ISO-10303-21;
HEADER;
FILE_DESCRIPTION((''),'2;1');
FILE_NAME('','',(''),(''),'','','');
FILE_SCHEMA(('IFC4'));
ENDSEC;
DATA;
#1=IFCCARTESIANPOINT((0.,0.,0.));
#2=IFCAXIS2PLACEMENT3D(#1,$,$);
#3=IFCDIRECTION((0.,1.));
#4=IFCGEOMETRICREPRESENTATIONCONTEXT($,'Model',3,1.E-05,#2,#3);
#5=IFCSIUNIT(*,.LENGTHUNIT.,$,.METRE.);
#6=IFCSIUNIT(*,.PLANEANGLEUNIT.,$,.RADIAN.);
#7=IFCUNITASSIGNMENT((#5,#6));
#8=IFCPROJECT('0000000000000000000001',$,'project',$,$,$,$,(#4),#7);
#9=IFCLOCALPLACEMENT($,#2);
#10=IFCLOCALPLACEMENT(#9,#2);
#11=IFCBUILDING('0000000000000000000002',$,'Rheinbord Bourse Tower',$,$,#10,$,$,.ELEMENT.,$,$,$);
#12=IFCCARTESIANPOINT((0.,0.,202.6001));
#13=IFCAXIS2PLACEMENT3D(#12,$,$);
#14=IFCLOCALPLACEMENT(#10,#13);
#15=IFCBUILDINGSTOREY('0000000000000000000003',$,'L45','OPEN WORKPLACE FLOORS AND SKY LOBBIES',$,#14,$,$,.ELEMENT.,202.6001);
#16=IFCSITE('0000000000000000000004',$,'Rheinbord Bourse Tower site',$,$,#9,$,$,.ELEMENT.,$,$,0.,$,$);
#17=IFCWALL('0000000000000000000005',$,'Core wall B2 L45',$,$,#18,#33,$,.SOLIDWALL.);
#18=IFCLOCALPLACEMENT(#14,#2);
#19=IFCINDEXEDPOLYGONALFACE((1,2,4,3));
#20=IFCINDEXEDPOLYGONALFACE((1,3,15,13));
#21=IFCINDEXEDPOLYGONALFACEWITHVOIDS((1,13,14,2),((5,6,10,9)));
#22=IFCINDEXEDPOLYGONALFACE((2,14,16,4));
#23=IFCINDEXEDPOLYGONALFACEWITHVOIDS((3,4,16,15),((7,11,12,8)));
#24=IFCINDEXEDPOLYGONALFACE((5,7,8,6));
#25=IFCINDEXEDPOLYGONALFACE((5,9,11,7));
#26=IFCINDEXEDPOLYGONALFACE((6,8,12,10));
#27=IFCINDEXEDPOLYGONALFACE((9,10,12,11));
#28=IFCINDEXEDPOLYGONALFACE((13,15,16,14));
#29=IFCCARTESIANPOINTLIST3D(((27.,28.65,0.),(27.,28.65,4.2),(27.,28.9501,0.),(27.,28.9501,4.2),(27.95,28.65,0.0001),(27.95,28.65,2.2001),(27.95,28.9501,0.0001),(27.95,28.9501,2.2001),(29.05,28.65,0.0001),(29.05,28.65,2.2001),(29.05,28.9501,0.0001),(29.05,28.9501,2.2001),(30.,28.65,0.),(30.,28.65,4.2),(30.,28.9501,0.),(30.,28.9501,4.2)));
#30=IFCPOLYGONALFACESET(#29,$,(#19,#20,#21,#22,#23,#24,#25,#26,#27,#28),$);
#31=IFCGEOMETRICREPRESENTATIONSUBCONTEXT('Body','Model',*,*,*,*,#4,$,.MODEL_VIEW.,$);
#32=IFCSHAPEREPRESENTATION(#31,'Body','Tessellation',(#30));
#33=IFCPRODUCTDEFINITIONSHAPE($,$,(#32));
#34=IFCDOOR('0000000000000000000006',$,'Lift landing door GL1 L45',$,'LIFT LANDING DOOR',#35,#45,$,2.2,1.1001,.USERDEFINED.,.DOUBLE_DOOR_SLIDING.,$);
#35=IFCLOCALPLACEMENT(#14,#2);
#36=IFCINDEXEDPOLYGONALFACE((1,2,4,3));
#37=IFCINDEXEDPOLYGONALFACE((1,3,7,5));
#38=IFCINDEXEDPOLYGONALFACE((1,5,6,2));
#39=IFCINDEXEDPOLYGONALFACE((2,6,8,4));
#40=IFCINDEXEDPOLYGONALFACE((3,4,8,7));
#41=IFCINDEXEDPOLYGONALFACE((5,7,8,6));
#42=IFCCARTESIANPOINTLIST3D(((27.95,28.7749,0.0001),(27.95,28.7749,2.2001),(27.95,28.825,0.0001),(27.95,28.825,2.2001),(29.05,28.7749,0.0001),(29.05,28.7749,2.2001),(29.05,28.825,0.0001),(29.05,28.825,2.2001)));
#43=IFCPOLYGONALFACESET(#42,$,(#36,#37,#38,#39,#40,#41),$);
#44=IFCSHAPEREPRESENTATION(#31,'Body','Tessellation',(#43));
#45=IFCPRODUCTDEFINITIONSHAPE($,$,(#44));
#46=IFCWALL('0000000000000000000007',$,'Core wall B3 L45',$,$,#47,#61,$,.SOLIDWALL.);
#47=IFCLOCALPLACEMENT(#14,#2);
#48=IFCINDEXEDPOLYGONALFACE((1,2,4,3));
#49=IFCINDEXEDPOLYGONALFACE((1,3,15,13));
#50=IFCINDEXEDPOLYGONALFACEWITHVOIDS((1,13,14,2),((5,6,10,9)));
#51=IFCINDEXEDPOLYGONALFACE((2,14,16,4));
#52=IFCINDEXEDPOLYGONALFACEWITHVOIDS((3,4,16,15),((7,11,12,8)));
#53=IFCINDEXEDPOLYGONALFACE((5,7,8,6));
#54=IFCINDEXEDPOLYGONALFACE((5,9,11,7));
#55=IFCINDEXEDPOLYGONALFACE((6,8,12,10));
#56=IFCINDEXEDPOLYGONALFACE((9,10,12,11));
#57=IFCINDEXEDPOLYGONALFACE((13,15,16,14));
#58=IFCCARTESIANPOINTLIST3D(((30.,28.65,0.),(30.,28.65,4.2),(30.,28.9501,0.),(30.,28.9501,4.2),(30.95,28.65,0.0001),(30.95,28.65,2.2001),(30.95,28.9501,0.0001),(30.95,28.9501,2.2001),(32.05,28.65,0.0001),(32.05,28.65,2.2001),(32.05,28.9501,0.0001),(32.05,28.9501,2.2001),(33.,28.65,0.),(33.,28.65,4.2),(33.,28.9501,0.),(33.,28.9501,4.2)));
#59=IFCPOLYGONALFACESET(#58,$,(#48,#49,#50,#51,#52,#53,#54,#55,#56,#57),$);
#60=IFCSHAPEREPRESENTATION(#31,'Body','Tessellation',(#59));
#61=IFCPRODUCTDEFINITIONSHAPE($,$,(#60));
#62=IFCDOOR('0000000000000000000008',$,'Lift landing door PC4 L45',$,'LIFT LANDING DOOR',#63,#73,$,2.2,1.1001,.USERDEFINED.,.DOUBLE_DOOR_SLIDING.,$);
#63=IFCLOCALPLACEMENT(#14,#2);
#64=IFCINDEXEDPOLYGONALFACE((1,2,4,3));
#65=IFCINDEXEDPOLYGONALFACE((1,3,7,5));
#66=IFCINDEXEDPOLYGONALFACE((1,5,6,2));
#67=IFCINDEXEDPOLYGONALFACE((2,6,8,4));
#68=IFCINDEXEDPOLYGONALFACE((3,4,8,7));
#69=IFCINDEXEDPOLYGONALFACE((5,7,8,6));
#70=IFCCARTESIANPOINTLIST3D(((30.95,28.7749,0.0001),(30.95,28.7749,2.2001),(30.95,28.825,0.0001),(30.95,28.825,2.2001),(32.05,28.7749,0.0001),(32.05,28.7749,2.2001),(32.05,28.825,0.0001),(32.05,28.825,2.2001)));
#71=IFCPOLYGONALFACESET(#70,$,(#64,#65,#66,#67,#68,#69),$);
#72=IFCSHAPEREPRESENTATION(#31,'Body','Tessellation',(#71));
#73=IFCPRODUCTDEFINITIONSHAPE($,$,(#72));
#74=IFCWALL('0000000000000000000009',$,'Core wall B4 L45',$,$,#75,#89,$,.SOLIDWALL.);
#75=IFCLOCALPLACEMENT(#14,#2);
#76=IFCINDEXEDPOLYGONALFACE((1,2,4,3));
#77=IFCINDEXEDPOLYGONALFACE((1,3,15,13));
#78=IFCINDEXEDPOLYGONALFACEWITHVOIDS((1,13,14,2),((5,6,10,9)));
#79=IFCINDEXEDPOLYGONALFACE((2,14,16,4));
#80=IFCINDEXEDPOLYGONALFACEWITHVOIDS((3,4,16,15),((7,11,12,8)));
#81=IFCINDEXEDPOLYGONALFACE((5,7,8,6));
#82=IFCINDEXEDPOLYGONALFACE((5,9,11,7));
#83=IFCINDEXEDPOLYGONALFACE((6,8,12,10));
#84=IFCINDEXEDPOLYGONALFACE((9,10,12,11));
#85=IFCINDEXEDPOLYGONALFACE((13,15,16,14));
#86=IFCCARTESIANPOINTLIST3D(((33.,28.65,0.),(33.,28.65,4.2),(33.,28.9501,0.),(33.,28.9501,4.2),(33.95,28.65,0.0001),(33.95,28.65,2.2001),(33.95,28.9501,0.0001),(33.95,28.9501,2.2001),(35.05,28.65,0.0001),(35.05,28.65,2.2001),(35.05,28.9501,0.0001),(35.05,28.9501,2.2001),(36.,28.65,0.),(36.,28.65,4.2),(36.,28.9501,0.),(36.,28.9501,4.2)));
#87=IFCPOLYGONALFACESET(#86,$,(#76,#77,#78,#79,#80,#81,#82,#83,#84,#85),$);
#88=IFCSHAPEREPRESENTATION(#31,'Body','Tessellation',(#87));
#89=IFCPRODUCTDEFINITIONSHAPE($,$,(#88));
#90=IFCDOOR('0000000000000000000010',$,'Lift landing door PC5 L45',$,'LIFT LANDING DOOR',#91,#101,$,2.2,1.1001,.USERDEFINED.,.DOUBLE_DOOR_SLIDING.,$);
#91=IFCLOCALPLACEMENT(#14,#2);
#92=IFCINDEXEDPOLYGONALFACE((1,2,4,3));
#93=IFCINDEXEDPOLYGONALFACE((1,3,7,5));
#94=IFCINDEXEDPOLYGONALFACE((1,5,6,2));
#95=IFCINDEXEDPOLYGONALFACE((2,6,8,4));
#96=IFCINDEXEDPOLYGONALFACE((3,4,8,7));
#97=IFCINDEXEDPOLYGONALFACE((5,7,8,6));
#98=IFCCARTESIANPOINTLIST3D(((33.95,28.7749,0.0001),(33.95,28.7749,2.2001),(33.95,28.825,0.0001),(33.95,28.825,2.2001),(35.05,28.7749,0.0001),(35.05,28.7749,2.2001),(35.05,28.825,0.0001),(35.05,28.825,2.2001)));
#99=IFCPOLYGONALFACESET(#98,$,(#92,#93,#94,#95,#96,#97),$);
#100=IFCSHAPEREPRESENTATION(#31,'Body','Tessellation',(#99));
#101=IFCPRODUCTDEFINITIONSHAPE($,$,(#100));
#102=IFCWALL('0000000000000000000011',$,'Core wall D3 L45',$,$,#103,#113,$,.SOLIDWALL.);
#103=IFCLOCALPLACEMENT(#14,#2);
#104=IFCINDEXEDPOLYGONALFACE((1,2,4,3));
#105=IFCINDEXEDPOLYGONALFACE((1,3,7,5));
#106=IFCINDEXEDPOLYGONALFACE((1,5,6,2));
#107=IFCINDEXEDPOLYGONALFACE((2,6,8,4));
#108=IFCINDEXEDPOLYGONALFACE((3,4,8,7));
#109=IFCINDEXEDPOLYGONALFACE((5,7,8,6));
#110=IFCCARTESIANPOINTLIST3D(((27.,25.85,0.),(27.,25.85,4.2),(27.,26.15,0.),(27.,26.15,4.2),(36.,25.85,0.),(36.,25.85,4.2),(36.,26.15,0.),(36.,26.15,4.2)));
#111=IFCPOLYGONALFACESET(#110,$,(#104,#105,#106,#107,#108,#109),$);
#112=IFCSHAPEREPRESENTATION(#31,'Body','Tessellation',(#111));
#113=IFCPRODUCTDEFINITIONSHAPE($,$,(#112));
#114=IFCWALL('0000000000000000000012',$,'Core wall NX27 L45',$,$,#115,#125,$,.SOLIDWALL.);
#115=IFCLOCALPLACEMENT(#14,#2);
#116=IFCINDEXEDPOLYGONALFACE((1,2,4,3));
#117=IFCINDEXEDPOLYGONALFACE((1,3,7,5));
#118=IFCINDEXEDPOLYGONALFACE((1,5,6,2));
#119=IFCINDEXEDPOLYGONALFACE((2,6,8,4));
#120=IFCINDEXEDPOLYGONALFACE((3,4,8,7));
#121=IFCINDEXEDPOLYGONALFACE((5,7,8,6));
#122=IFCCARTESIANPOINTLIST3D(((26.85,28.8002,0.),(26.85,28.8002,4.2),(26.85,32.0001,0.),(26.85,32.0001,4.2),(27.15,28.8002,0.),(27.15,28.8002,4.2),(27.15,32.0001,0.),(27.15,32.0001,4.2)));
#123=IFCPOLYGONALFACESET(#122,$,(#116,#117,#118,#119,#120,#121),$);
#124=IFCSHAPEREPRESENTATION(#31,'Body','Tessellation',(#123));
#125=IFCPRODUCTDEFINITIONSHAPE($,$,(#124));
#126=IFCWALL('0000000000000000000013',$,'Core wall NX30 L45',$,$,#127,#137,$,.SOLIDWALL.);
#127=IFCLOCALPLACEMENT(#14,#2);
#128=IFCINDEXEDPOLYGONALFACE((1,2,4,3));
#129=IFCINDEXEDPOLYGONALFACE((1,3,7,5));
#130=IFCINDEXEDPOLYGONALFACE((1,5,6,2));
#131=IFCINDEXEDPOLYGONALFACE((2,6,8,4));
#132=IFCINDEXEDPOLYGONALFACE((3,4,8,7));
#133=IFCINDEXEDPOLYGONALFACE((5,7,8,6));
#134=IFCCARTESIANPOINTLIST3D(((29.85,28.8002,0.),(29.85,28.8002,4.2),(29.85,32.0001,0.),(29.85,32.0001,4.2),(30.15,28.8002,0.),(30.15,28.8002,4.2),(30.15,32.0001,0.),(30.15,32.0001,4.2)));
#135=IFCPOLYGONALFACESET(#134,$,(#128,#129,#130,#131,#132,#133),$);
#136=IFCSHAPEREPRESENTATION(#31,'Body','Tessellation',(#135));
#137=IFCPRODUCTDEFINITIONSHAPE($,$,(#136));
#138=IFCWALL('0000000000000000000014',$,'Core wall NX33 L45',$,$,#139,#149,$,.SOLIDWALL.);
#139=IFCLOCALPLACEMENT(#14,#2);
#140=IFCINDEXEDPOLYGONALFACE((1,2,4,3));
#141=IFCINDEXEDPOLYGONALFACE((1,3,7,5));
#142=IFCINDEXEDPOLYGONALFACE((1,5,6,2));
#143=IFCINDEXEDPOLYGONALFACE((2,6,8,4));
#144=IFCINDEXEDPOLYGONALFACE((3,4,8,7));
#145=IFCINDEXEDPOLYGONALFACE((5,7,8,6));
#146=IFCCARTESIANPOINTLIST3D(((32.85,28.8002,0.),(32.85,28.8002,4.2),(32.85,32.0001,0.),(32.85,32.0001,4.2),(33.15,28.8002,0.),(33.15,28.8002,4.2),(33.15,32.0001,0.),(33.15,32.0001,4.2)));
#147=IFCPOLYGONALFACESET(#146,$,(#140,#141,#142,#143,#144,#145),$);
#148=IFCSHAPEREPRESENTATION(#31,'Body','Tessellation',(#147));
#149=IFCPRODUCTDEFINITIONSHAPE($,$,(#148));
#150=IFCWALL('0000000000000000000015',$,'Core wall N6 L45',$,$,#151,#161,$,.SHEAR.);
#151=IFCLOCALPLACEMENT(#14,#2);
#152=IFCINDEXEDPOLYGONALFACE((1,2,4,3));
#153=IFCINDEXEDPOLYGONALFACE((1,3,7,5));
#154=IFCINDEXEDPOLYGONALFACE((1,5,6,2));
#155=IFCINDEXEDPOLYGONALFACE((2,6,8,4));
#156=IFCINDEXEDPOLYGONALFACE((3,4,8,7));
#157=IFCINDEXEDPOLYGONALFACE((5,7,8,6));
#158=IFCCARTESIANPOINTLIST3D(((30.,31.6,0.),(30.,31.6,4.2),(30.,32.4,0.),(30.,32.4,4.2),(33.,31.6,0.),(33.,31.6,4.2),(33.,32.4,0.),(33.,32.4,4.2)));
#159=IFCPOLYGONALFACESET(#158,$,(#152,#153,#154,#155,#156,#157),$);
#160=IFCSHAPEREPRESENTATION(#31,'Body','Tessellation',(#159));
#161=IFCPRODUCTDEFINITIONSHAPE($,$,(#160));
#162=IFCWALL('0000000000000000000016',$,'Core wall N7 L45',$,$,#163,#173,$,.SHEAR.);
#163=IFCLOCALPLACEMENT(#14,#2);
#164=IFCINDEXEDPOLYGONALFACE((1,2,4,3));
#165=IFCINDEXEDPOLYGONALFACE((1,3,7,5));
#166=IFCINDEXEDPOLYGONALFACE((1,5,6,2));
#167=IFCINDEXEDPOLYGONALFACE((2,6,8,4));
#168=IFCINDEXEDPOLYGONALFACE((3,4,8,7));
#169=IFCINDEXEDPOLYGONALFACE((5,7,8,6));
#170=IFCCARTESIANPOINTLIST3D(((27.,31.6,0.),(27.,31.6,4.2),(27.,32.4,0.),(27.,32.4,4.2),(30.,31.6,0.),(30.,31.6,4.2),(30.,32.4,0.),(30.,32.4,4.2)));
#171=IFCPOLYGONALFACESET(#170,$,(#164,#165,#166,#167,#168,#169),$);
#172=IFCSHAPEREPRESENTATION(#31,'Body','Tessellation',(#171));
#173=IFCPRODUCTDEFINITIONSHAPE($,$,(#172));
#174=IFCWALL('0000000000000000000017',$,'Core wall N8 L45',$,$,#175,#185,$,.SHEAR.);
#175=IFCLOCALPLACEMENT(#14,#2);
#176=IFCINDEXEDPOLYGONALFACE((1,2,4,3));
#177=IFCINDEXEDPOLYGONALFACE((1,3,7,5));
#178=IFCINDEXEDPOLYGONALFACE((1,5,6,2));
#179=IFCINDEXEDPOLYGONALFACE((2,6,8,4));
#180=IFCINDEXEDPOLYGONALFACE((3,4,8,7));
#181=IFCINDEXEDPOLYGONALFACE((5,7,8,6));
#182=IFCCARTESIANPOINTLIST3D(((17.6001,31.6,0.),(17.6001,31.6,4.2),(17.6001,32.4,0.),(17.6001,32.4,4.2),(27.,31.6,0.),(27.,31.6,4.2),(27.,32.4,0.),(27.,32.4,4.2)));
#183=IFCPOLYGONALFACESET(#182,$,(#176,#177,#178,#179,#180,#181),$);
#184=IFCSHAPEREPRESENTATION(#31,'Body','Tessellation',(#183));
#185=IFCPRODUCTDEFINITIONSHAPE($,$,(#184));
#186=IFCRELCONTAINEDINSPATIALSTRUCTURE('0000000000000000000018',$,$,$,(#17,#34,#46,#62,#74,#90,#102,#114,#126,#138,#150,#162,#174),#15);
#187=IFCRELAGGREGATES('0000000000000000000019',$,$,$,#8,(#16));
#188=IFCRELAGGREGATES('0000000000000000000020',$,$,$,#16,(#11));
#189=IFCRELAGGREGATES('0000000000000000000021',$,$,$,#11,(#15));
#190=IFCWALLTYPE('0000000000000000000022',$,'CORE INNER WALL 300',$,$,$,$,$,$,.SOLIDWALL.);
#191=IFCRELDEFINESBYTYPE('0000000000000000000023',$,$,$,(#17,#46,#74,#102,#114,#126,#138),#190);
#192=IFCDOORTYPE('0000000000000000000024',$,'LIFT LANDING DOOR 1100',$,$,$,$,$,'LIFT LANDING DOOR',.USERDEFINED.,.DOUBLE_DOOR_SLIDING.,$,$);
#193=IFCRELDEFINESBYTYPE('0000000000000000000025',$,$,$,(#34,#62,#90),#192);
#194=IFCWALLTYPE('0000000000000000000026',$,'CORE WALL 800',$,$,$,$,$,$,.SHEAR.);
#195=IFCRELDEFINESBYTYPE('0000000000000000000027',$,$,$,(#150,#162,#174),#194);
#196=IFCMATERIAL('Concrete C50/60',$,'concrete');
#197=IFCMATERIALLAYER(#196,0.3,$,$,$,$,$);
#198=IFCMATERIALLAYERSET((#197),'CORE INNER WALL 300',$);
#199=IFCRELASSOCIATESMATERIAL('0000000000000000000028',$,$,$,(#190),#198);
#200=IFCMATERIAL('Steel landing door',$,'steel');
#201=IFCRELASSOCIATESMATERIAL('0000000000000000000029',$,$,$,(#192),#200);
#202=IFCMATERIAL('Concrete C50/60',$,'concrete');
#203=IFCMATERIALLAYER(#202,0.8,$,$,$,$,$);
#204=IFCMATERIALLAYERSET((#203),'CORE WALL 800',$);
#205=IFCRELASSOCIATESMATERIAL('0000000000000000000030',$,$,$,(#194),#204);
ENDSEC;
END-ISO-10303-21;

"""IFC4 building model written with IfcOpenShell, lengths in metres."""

from ifc_helpers import new_model, si_unit, direction, frame, frame_2d, origin, place, context, subcontext, project, spatial, rectangle, extrude, material, layer, layer_set, type_object, element, fill, save


model = new_model("IFC4")

# Units and contexts
model_context = context("Model", 3, precision=1e-05, world=origin(), true_north=direction((0.0, 1.0)))
body_context = subcontext(model_context, "Body", "Model", "MODEL_VIEW")
ifc_project = project(units=[si_unit("LENGTHUNIT", "METRE"), si_unit("PLANEANGLEUNIT", "RADIAN")], contexts=[model_context])

# Site, building, storey
site_placement = place(None, origin())
site = spatial("IfcSite", under=ifc_project, at=site_placement, Name="Rheinbord Bourse Tower site", CompositionType="ELEMENT", RefElevation=0.0)
building_placement = place(site_placement, origin())
building = spatial("IfcBuilding", under=site, at=building_placement, Name="Rheinbord Bourse Tower", CompositionType="ELEMENT")
storey_placement = place(building_placement, frame((0.0, 0.0, 202.6001)))
storey = spatial("IfcBuildingStorey", under=building, at=storey_placement, Name="L45", Description="OPEN WORKPLACE FLOORS AND SKY LOBBIES", CompositionType="ELEMENT", Elevation=202.6001)

# Walls, openings, doors
ifc_material_1 = material(Name="Concrete C50/60", Category="concrete")
ifc_layer_1 = layer(ifc_material_1, 0.3)
ifc_layer_set_1 = layer_set([ifc_layer_1], Name="CORE INNER WALL 300")
wall_type_1 = type_object("IfcWallType", Name="CORE INNER WALL 300", PredefinedType="SOLIDWALL", material=ifc_layer_set_1)
wall_1_placement = place(storey_placement, frame((27.0, 28.8, 0.0), z_axis=(0.0, 0.0, 1.0), x_axis=(1.0, 0.0, 0.0)))
wall_1 = element("IfcWall", 1, at=wall_1_placement, inside=storey, type_object=wall_type_1, Name="Core wall B2 L45", PredefinedType="SOLIDWALL", context=body_context, shape_type="SweptSolid", body=[
    extrude(rectangle(XDim=3.0, YDim=0.3, at=frame_2d((1.5, 0.0))), origin(), (0.0, 0.0, 1.0), 4.2),
])
opening_1_placement = place(wall_1_placement, frame((0.95, 0.0, 0.0)))
opening_1 = element("IfcOpeningElement", 2, at=opening_1_placement, cuts=wall_1, PredefinedType="OPENING", context=body_context, shape_type="SweptSolid", body=[
    extrude(rectangle(XDim=1.1001, YDim=2.2, at=frame_2d((0.55, 1.1001))), frame((0.0, 0.1599, 0.0), z_axis=(0.0, -1.0, 0.0), x_axis=(1.0, 0.0, 0.0)), (0.0, 0.0, 1.0), 0.3201),
])
ifc_material_2 = material(Name="Steel landing door", Category="steel")
door_type = type_object("IfcDoorType", Name="LIFT LANDING DOOR 1100", ElementType="LIFT LANDING DOOR", OperationType="DOUBLE_DOOR_SLIDING", PredefinedType="USERDEFINED", material=ifc_material_2)
door_1_placement = place(opening_1_placement, origin())
door_1 = element("IfcDoor", 3, at=door_1_placement, inside=storey, type_object=door_type, Name="Lift landing door GL1 L45", ObjectType="LIFT LANDING DOOR", OperationType="DOUBLE_DOOR_SLIDING", OverallHeight=2.2, OverallWidth=1.1001, PredefinedType="USERDEFINED", context=body_context, shape_type="SweptSolid", body=[
    extrude(rectangle(XDim=1.1001, YDim=2.2, at=frame_2d((0.55, 1.1001))), frame((0.0, 0.0249, 0.0), z_axis=(0.0, -1.0, 0.0), x_axis=(1.0, 0.0, 0.0)), (0.0, 0.0, 1.0), 0.05),
])
fill(opening_1, door_1)
wall_2_placement = place(storey_placement, frame((30.0, 28.8, 0.0), z_axis=(0.0, 0.0, 1.0), x_axis=(1.0, 0.0, 0.0)))
wall_2 = element("IfcWall", 4, at=wall_2_placement, inside=storey, type_object=wall_type_1, Name="Core wall B3 L45", PredefinedType="SOLIDWALL", context=body_context, shape_type="SweptSolid", body=[
    extrude(rectangle(XDim=3.0, YDim=0.3, at=frame_2d((1.5, 0.0))), origin(), (0.0, 0.0, 1.0), 4.2),
])
opening_2_placement = place(wall_2_placement, frame((0.95, 0.0, 0.0)))
opening_2 = element("IfcOpeningElement", 5, at=opening_2_placement, cuts=wall_2, PredefinedType="OPENING", context=body_context, shape_type="SweptSolid", body=[
    extrude(rectangle(XDim=1.1001, YDim=2.2, at=frame_2d((0.55, 1.1001))), frame((0.0, 0.1599, 0.0), z_axis=(0.0, -1.0, 0.0), x_axis=(1.0, 0.0, 0.0)), (0.0, 0.0, 1.0), 0.3201),
])
door_2_placement = place(opening_2_placement, origin())
door_2 = element("IfcDoor", 6, at=door_2_placement, inside=storey, type_object=door_type, Name="Lift landing door PC4 L45", ObjectType="LIFT LANDING DOOR", OperationType="DOUBLE_DOOR_SLIDING", OverallHeight=2.2, OverallWidth=1.1001, PredefinedType="USERDEFINED", context=body_context, shape_type="SweptSolid", body=[
    extrude(rectangle(XDim=1.1001, YDim=2.2, at=frame_2d((0.55, 1.1001))), frame((0.0, 0.0249, 0.0), z_axis=(0.0, -1.0, 0.0), x_axis=(1.0, 0.0, 0.0)), (0.0, 0.0, 1.0), 0.05),
])
fill(opening_2, door_2)
wall_3_placement = place(storey_placement, frame((33.0, 28.8, 0.0), z_axis=(0.0, 0.0, 1.0), x_axis=(1.0, 0.0, 0.0)))
wall_3 = element("IfcWall", 7, at=wall_3_placement, inside=storey, type_object=wall_type_1, Name="Core wall B4 L45", PredefinedType="SOLIDWALL", context=body_context, shape_type="SweptSolid", body=[
    extrude(rectangle(XDim=3.0, YDim=0.3, at=frame_2d((1.5, 0.0))), origin(), (0.0, 0.0, 1.0), 4.2),
])
opening_3_placement = place(wall_3_placement, frame((0.95, 0.0, 0.0)))
opening_3 = element("IfcOpeningElement", 8, at=opening_3_placement, cuts=wall_3, PredefinedType="OPENING", context=body_context, shape_type="SweptSolid", body=[
    extrude(rectangle(XDim=1.1001, YDim=2.2, at=frame_2d((0.55, 1.1001))), frame((0.0, 0.1599, 0.0), z_axis=(0.0, -1.0, 0.0), x_axis=(1.0, 0.0, 0.0)), (0.0, 0.0, 1.0), 0.3201),
])
door_3_placement = place(opening_3_placement, origin())
door_3 = element("IfcDoor", 9, at=door_3_placement, inside=storey, type_object=door_type, Name="Lift landing door PC5 L45", ObjectType="LIFT LANDING DOOR", OperationType="DOUBLE_DOOR_SLIDING", OverallHeight=2.2, OverallWidth=1.1001, PredefinedType="USERDEFINED", context=body_context, shape_type="SweptSolid", body=[
    extrude(rectangle(XDim=1.1001, YDim=2.2, at=frame_2d((0.55, 1.1001))), frame((0.0, 0.0249, 0.0), z_axis=(0.0, -1.0, 0.0), x_axis=(1.0, 0.0, 0.0)), (0.0, 0.0, 1.0), 0.05),
])
fill(opening_3, door_3)

# Walls
wall_4_placement = place(storey_placement, frame((27.0, 26.0, 0.0), z_axis=(0.0, 0.0, 1.0), x_axis=(1.0, 0.0, 0.0)))
element("IfcWall", 10, at=wall_4_placement, inside=storey, type_object=wall_type_1, Name="Core wall D3 L45", PredefinedType="SOLIDWALL", context=body_context, shape_type="SweptSolid", body=[
    extrude(rectangle(XDim=9.0, YDim=0.3, at=frame_2d((4.5, 0.0))), origin(), (0.0, 0.0, 1.0), 4.2),
])
for number, where, z_axis, x_axis, name in (
    (11, (27.0, 28.8, 0.0), (0.0, 0.0, 1.0), (0.0, 1.0, 0.0), "Core wall NX27 L45"),
    (12, (30.0, 28.8, 0.0), (0.0, 0.0, 1.0), (0.0, 1.0, 0.0), "Core wall NX30 L45"),
    (13, (33.0, 28.8, 0.0), (0.0, 0.0, 1.0), (0.0, 1.0, 0.0), "Core wall NX33 L45"),
):
    element("IfcWall", number, at=place(storey_placement, frame(where, z_axis=z_axis, x_axis=x_axis)), inside=storey, type_object=wall_type_1, Name=name, PredefinedType="SOLIDWALL", context=body_context, shape_type="SweptSolid", body=[
        extrude(rectangle(XDim=3.2, YDim=0.3, at=frame_2d((1.6001, 0.0))), origin(), (0.0, 0.0, 1.0), 4.2),
    ])
ifc_material_3 = material(Name="Concrete C50/60", Category="concrete")
ifc_layer_2 = layer(ifc_material_3, 0.8)
ifc_layer_set_2 = layer_set([ifc_layer_2], Name="CORE WALL 800")
wall_type_2 = type_object("IfcWallType", Name="CORE WALL 800", PredefinedType="SHEAR", material=ifc_layer_set_2)
for number, where, z_axis, x_axis, name in (
    (14, (33.0, 32.0, 0.0), (0.0, 0.0, 1.0), (-1.0, 0.0, 0.0), "Core wall N6 L45"),
    (15, (30.0, 32.0, 0.0), (0.0, 0.0, 1.0), (-1.0, 0.0, 0.0), "Core wall N7 L45"),
):
    element("IfcWall", number, at=place(storey_placement, frame(where, z_axis=z_axis, x_axis=x_axis)), inside=storey, type_object=wall_type_2, Name=name, PredefinedType="SHEAR", context=body_context, shape_type="SweptSolid", body=[
        extrude(rectangle(XDim=3.0, YDim=0.8, at=frame_2d((1.5, 0.0))), origin(), (0.0, 0.0, 1.0), 4.2),
    ])
wall_5_placement = place(storey_placement, frame((27.0, 32.0, 0.0), z_axis=(0.0, 0.0, 1.0), x_axis=(-1.0, 0.0, 0.0)))
element("IfcWall", 16, at=wall_5_placement, inside=storey, type_object=wall_type_2, Name="Core wall N8 L45", PredefinedType="SHEAR", context=body_context, shape_type="SweptSolid", body=[
    extrude(rectangle(XDim=9.3999, YDim=0.8, at=frame_2d((4.7, 0.0))), origin(), (0.0, 0.0, 1.0), 4.2),
])

save(model, "model.ifc")
